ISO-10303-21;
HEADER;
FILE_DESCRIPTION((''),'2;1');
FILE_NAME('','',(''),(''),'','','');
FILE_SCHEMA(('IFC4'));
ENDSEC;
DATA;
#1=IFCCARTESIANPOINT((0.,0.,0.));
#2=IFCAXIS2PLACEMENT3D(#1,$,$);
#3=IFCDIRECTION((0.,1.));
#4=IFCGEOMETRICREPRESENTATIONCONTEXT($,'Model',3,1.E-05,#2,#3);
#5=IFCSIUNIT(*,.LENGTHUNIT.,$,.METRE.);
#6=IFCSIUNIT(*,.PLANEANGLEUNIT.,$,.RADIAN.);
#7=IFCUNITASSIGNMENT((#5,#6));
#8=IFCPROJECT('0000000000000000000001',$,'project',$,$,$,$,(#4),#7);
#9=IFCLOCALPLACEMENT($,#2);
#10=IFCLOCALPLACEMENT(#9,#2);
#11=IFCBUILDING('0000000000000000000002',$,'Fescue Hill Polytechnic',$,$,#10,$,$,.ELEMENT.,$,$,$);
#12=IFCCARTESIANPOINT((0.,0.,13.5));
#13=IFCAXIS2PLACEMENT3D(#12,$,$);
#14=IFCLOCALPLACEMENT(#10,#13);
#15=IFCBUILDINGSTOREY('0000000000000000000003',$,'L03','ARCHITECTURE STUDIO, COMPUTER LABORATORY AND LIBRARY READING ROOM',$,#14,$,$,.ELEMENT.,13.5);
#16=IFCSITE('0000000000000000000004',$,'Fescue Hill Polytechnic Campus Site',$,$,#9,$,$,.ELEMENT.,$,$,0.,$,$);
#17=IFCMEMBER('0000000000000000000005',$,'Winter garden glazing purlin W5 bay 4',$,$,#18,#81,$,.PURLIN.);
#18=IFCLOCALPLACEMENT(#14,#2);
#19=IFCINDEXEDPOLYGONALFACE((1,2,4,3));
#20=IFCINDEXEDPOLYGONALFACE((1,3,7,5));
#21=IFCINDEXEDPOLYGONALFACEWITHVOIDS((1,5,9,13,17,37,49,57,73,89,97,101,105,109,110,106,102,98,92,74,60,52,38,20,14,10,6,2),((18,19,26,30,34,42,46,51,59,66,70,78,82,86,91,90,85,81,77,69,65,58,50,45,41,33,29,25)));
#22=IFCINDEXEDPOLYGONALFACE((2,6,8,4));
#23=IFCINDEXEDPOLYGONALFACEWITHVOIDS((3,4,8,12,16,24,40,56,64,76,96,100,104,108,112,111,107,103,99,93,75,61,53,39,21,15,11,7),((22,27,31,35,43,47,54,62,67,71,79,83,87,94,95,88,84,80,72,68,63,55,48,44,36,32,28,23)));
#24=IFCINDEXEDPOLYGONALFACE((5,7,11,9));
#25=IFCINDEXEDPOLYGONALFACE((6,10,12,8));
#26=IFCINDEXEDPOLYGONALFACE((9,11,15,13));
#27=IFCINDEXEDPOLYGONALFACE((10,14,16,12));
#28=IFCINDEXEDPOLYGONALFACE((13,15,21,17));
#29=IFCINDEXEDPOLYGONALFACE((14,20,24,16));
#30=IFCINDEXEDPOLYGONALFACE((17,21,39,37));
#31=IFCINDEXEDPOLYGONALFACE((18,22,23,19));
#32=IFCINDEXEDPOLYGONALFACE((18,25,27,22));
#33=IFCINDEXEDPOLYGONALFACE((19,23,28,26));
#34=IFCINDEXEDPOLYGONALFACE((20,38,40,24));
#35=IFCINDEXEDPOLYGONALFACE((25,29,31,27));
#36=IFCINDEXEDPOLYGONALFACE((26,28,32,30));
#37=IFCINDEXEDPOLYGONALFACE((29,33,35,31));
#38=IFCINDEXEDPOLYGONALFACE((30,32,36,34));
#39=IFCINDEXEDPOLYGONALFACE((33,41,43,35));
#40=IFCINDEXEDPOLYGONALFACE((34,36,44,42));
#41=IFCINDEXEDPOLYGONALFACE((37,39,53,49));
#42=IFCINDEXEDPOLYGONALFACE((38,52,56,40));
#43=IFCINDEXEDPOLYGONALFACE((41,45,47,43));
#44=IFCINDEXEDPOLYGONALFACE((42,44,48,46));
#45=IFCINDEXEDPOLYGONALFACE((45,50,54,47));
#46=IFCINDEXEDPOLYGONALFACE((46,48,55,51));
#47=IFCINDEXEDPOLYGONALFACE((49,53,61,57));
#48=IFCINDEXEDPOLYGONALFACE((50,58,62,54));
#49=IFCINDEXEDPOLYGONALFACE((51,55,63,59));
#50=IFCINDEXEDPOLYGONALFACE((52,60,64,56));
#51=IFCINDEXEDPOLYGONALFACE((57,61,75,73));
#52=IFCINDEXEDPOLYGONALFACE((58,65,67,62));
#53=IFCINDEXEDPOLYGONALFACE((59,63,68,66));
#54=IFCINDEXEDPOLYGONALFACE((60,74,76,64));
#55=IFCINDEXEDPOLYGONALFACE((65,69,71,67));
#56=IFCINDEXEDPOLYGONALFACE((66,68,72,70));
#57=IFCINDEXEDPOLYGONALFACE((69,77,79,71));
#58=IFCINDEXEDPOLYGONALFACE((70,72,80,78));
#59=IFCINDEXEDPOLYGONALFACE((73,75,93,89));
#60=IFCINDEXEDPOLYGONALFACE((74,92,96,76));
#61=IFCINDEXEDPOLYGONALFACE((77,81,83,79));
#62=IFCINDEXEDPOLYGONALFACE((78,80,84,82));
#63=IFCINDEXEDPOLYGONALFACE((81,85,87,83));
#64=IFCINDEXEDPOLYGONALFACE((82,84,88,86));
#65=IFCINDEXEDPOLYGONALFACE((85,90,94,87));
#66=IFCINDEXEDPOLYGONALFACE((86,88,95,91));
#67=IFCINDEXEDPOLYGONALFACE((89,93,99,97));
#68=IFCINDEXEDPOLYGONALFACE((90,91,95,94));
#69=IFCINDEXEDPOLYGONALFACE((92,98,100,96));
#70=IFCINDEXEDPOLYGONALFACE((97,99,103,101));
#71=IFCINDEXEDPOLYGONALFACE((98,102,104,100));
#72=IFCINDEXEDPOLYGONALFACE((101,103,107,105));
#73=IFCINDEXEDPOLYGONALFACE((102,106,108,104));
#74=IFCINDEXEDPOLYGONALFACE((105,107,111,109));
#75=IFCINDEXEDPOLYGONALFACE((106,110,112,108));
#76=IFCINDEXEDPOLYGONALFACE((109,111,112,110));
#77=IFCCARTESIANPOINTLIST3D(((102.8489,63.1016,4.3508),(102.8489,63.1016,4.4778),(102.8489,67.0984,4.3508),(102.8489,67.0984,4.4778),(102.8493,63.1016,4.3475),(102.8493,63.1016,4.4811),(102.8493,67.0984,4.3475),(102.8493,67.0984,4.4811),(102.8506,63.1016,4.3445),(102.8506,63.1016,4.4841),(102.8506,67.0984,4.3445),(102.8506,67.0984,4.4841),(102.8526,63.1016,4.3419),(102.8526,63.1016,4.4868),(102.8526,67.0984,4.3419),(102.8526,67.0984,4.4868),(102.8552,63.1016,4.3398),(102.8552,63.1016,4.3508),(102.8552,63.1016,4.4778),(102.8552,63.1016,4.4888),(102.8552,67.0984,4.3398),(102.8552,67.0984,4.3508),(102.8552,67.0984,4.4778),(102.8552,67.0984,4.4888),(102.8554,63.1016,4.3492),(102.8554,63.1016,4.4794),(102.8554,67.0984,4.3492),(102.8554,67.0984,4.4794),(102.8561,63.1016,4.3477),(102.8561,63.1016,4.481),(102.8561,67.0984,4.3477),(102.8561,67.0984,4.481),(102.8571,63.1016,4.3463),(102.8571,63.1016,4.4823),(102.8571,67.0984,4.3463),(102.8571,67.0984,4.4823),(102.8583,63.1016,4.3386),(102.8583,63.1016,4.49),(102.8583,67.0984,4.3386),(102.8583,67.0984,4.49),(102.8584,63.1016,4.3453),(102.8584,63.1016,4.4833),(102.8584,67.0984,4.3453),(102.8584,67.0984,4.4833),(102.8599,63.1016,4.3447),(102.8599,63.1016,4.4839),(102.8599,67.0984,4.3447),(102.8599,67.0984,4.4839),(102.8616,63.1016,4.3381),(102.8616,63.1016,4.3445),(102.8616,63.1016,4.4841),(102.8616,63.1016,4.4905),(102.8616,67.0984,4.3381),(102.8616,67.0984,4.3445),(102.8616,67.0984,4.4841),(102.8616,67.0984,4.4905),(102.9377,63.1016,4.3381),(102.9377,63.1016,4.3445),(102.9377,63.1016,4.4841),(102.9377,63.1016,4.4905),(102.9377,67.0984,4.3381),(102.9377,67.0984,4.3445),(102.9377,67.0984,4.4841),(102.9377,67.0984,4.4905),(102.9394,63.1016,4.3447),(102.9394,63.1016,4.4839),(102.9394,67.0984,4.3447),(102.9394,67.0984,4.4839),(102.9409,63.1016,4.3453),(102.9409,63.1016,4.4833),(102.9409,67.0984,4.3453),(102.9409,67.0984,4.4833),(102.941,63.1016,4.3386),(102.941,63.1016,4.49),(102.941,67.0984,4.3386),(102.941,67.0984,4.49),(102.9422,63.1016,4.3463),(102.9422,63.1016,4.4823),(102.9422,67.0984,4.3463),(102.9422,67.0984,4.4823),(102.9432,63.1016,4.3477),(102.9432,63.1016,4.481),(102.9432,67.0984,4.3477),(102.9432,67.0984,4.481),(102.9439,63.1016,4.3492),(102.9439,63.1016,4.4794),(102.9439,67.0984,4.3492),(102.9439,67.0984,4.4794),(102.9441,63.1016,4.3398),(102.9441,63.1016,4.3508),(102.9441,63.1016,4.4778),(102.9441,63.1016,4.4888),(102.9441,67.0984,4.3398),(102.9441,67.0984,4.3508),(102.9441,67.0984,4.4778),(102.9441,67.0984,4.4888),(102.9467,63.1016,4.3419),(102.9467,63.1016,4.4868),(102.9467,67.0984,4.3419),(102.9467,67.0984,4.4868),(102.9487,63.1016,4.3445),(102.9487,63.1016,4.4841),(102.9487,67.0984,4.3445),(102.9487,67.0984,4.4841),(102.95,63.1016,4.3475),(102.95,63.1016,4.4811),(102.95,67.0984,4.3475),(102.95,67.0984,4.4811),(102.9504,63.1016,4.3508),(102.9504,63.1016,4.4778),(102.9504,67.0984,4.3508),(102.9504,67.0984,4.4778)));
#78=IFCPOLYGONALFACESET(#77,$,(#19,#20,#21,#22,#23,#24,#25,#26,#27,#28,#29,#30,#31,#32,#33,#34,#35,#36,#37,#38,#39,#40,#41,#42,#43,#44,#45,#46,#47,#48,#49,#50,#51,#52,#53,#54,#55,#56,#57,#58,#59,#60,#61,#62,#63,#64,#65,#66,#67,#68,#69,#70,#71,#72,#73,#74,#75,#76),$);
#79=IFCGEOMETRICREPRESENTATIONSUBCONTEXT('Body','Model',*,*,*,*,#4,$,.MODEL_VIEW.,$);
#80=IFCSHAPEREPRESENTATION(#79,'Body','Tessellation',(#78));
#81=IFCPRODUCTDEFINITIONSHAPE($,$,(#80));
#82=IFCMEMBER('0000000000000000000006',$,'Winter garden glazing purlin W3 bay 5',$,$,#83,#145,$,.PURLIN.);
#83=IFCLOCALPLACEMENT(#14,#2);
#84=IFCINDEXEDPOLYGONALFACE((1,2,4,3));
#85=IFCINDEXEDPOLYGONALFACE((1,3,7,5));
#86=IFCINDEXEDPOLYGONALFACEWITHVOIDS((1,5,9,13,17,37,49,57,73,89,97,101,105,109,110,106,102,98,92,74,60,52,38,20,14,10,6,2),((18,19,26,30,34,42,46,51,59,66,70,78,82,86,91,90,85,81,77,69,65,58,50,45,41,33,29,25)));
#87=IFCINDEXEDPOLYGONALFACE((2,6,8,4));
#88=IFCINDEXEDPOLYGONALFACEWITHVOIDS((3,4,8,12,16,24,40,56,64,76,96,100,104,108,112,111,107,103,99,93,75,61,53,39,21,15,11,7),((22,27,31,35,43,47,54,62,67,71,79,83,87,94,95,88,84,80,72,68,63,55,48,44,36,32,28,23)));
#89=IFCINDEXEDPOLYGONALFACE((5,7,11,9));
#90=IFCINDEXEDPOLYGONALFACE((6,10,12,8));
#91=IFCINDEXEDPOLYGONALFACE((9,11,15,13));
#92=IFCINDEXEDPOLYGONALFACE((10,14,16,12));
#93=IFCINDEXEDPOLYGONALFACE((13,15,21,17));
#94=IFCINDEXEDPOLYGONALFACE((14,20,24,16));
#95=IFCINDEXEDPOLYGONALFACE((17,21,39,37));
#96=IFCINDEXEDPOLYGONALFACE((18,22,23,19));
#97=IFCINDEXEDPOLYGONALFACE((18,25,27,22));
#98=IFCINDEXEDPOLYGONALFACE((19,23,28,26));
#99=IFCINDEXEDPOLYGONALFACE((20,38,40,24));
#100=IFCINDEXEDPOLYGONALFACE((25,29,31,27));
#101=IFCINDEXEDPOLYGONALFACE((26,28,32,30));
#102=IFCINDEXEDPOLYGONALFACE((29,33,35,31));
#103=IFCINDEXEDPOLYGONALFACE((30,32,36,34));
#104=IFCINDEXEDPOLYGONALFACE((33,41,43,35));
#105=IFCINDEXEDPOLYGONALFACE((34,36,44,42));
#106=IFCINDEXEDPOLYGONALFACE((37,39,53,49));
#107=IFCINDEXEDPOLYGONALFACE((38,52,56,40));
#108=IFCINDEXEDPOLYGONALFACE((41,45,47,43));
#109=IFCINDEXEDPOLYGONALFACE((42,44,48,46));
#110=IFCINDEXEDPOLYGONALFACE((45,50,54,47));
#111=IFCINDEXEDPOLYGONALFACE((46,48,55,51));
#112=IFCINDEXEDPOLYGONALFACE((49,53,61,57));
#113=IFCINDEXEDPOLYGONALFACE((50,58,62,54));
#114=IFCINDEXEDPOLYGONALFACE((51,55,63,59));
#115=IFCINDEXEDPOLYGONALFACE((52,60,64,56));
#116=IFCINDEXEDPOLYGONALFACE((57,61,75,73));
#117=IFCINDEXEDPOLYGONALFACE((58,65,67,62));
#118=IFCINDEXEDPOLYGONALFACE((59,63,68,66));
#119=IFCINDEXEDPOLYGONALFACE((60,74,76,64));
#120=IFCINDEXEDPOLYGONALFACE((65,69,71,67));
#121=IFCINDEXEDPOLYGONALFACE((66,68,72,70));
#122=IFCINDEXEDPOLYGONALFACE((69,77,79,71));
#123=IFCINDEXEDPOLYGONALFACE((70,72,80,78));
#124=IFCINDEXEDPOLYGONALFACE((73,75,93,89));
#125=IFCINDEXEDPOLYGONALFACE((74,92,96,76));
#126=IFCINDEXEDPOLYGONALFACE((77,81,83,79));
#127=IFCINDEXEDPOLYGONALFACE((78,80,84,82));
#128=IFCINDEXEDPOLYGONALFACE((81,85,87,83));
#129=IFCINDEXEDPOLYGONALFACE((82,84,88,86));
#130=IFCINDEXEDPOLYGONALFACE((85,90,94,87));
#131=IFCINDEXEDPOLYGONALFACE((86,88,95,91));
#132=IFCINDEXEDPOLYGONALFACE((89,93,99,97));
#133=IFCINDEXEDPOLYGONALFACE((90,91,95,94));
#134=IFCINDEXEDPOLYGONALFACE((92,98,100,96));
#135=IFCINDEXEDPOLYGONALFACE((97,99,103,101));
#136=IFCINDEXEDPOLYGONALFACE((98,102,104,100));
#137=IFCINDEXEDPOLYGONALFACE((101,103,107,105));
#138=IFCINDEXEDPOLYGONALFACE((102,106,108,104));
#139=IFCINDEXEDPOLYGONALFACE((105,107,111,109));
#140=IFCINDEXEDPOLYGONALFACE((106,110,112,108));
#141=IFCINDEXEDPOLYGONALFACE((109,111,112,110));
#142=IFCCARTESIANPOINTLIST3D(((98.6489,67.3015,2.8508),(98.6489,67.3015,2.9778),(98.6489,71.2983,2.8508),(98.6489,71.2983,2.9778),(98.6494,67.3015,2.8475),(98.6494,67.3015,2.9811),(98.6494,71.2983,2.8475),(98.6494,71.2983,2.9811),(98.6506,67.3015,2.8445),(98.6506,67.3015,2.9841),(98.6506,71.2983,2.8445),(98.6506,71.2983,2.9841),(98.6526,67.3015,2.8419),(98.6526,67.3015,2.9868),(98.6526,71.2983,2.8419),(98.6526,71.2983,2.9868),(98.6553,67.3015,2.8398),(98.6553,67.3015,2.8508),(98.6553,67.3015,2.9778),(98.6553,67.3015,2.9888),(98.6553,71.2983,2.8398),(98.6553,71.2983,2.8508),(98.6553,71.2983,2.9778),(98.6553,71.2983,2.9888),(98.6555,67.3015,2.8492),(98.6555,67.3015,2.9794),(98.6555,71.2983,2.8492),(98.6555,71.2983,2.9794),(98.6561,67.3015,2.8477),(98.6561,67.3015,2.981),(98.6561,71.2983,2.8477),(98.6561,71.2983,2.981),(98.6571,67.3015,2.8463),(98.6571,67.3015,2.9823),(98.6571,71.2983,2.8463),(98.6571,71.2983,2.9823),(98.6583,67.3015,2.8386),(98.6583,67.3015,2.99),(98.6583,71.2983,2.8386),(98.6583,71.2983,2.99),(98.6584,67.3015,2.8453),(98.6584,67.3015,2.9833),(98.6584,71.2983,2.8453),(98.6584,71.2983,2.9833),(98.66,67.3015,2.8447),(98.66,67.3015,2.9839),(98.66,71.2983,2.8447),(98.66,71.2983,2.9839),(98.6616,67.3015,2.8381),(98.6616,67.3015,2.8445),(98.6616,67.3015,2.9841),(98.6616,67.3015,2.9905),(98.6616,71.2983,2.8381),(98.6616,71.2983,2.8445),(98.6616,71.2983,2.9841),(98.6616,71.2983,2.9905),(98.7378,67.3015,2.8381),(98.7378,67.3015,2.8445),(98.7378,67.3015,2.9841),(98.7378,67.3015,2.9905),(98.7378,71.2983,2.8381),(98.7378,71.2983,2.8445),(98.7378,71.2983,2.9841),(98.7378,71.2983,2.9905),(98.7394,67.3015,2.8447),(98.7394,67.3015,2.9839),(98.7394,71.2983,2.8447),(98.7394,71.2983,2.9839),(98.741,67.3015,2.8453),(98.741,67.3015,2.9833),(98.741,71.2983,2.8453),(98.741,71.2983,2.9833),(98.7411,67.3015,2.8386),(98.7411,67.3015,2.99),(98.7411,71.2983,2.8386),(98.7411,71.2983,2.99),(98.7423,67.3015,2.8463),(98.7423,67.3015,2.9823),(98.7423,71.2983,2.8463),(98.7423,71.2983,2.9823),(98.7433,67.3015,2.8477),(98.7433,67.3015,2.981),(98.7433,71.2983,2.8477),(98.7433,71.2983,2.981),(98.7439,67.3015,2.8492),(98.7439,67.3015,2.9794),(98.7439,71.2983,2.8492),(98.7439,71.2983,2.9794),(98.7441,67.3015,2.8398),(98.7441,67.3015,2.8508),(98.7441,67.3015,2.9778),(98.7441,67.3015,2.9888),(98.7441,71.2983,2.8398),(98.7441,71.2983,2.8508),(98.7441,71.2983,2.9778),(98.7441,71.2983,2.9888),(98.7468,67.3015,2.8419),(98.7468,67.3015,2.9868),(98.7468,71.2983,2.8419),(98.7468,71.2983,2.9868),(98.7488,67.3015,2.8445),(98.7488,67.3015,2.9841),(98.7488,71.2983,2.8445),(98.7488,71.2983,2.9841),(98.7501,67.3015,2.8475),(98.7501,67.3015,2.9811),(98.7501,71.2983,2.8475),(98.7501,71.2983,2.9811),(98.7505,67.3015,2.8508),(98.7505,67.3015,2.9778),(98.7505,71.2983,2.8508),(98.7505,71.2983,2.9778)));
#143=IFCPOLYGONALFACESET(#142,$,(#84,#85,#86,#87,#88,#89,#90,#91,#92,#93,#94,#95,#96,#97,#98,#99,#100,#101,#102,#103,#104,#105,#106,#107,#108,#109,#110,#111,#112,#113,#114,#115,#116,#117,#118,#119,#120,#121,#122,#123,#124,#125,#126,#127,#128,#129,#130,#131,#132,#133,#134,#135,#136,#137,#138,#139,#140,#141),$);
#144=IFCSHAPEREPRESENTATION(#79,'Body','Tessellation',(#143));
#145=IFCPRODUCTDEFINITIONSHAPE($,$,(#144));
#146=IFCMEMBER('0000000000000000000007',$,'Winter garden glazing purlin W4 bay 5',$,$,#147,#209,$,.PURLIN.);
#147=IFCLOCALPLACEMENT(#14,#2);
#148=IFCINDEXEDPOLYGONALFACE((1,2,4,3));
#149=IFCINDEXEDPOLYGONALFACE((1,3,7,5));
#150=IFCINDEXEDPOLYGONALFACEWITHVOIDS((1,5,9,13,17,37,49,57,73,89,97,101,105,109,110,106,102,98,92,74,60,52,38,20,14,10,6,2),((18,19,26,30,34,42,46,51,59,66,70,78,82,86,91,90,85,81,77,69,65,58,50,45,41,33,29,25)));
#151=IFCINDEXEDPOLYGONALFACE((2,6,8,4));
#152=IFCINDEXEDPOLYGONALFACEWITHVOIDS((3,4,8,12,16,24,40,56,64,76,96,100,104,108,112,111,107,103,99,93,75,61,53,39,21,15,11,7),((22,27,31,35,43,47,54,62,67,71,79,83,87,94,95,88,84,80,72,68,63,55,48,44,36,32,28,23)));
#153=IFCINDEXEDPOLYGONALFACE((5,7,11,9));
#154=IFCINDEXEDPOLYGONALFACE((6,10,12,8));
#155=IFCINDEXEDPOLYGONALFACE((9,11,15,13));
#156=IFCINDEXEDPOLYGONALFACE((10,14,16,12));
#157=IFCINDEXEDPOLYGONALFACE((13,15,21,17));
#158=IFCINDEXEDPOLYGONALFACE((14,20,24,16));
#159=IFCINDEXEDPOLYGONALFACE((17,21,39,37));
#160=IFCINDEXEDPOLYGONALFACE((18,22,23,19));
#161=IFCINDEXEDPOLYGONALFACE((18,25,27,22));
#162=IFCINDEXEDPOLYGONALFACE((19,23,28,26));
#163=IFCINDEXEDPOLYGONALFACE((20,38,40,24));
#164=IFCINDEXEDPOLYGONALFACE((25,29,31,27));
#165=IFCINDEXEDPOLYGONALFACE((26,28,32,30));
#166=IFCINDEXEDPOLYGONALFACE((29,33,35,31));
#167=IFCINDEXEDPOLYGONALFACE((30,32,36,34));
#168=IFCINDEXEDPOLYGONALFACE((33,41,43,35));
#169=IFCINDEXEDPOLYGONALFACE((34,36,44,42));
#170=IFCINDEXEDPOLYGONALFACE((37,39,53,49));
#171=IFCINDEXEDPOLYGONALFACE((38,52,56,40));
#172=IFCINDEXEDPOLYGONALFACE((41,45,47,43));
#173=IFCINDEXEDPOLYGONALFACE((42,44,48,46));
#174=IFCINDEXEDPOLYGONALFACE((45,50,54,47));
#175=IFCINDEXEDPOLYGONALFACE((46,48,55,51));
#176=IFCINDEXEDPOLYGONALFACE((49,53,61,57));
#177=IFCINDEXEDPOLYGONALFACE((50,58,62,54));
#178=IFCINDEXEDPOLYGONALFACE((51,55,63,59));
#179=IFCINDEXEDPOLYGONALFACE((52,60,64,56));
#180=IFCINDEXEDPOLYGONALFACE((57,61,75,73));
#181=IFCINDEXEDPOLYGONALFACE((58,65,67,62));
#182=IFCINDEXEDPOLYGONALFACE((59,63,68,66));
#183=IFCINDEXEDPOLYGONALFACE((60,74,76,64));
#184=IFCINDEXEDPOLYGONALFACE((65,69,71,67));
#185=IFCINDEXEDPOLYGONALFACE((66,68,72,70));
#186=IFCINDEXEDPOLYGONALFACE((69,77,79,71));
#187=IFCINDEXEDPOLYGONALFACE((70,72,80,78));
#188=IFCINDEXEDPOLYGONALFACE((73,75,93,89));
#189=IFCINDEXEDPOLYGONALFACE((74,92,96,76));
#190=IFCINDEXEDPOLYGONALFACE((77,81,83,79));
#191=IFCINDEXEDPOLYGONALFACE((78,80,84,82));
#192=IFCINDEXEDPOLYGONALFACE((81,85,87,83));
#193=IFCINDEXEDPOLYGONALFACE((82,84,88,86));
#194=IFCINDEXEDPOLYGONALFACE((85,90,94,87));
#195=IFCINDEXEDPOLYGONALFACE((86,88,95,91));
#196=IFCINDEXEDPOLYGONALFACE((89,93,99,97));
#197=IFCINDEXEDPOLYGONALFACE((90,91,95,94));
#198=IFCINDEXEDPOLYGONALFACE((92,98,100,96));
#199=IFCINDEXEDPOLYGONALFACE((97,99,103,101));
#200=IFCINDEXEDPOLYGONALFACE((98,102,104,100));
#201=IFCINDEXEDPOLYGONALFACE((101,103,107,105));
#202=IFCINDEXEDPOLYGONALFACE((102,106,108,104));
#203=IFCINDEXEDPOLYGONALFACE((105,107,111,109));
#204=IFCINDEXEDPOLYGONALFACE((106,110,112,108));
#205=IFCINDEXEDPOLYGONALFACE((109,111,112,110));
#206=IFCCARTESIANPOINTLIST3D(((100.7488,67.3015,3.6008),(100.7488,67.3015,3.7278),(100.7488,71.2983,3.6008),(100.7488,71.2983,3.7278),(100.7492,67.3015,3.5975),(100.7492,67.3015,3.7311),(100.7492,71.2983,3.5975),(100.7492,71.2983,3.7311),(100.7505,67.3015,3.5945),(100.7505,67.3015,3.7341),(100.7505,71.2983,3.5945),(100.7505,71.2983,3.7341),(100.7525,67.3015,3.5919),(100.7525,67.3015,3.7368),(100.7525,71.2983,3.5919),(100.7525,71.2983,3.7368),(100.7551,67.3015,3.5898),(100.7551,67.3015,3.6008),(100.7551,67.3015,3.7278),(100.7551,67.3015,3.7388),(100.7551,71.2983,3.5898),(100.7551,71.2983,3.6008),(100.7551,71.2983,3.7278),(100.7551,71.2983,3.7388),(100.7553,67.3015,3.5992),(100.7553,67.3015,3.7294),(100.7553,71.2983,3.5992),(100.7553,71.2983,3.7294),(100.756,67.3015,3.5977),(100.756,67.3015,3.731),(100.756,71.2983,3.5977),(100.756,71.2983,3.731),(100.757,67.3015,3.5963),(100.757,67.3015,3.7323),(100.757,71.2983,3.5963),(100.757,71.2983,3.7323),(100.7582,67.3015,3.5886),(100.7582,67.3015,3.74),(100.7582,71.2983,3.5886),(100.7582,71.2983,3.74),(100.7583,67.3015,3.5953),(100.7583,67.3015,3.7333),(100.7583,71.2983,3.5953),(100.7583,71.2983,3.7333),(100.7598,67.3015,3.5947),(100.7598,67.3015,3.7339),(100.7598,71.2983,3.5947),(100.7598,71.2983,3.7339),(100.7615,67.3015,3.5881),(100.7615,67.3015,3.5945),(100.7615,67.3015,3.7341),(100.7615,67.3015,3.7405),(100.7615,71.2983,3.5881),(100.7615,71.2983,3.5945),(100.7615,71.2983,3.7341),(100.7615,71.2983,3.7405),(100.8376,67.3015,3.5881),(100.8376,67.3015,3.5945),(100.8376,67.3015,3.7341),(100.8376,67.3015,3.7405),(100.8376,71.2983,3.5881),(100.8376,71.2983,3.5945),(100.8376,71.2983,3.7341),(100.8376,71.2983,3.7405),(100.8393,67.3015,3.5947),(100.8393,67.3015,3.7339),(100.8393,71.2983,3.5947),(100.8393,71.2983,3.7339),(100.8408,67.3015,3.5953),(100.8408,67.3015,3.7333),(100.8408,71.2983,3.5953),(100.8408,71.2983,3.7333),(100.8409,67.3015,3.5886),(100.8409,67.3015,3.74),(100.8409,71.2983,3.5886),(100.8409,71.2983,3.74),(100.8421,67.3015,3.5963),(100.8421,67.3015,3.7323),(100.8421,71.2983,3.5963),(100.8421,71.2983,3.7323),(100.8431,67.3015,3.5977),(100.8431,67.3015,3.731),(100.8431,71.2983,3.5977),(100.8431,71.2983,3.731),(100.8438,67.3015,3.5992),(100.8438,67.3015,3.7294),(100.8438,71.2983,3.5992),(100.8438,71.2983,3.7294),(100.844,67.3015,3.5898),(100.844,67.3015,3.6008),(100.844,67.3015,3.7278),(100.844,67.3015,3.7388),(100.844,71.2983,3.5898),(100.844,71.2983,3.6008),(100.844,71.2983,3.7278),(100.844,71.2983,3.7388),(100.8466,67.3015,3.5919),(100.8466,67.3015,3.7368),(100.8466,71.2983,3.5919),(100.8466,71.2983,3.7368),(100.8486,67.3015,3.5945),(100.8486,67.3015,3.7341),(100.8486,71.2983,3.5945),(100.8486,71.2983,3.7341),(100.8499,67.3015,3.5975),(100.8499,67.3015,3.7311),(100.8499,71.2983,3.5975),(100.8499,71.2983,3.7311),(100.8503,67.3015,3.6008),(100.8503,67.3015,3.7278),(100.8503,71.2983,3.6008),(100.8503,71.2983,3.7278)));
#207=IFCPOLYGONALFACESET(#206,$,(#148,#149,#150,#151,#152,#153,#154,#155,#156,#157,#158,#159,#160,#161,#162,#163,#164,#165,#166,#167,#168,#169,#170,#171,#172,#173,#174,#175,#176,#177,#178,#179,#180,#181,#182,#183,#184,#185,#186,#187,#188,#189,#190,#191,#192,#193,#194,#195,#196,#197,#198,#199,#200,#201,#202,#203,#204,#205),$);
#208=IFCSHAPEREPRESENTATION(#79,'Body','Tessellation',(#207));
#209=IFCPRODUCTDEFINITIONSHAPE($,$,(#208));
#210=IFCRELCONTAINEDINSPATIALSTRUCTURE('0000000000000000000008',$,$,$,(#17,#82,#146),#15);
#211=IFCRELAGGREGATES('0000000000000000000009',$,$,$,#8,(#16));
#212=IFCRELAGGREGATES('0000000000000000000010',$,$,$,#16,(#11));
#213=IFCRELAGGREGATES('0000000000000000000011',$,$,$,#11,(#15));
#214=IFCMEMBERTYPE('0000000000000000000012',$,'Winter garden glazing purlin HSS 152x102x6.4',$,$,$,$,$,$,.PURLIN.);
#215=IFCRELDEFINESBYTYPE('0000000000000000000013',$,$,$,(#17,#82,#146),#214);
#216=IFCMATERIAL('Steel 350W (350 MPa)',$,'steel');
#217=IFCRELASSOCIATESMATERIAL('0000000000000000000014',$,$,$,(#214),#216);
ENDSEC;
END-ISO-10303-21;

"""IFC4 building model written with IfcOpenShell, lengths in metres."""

from ifc_helpers import new_model, si_unit, direction, frame, origin, origin_2d, place, context, subcontext, project, spatial, hollow_rectangle, extrude, material, material_profile, profile_set, type_object, element, save


model = new_model("IFC4")

# Units and contexts
model_context = context("Model", 3, precision=1e-05, world=origin(), true_north=direction((0.0, 1.0)))
body_context = subcontext(model_context, "Body", "Model", "MODEL_VIEW")
ifc_project = project(units=[si_unit("LENGTHUNIT", "METRE"), si_unit("PLANEANGLEUNIT", "RADIAN")], contexts=[model_context])

# Site, building, storey
site_placement = place(None, origin())
site = spatial("IfcSite", under=ifc_project, at=site_placement, Name="Fescue Hill Polytechnic Campus Site", CompositionType="ELEMENT", RefElevation=0.0)
building_placement = place(site_placement, origin())
building = spatial("IfcBuilding", under=site, at=building_placement, Name="Fescue Hill Polytechnic", CompositionType="ELEMENT")
storey_placement = place(building_placement, frame((0.0, 0.0, 13.5)))
storey = spatial("IfcBuildingStorey", under=building, at=storey_placement, Name="L03", Description="ARCHITECTURE STUDIO, COMPUTER LABORATORY AND LIBRARY READING ROOM", CompositionType="ELEMENT", Elevation=13.5)

# Members
ifc_material_1 = material(Name="Steel 350W (350 MPa)", Category="steel")
ifc_material_profile_1 = material_profile(ifc_material_1, hollow_rectangle(XDim=0.1016, YDim=0.1523, WallThickness=0.0063, InnerFilletRadius=0.0063, OuterFilletRadius=0.0127, at=origin_2d()), Name="Winter garden glazing purlin HSS 152x102x6.4")
ifc_profile_set_1 = profile_set([ifc_material_profile_1], Name="Steel 350W (350 MPa)")
member_type_1 = type_object("IfcMemberType", Name="Winter garden glazing purlin HSS 152x102x6.4", PredefinedType="PURLIN", material=ifc_profile_set_1)
for number, where, z_axis, x_axis, name in (
    (1, (102.8997, 63.1016, 4.4143), (0.0, 1.0, 0.0), (-1.0, 0.0, 0.0), "Winter garden glazing purlin W5 bay 4"),
    (2, (98.6997, 67.3015, 2.9143), (0.0, 1.0, 0.0), (-1.0, 0.0, 0.0), "Winter garden glazing purlin W3 bay 5"),
    (3, (100.7996, 67.3015, 3.6643), (0.0, 1.0, 0.0), (-1.0, 0.0, 0.0), "Winter garden glazing purlin W4 bay 5"),
):
    element("IfcMember", number, at=place(storey_placement, frame(where, z_axis=z_axis, x_axis=x_axis)), inside=storey, type_object=member_type_1, Name=name, PredefinedType="PURLIN", context=body_context, shape_type="SweptSolid", body=[
        extrude(hollow_rectangle(XDim=0.1016, YDim=0.1523, WallThickness=0.0063, InnerFilletRadius=0.0063, OuterFilletRadius=0.0127, at=origin_2d()), origin(), (0.0, 0.0, 1.0), 3.9968),
    ])

save(model, "model.ifc")
